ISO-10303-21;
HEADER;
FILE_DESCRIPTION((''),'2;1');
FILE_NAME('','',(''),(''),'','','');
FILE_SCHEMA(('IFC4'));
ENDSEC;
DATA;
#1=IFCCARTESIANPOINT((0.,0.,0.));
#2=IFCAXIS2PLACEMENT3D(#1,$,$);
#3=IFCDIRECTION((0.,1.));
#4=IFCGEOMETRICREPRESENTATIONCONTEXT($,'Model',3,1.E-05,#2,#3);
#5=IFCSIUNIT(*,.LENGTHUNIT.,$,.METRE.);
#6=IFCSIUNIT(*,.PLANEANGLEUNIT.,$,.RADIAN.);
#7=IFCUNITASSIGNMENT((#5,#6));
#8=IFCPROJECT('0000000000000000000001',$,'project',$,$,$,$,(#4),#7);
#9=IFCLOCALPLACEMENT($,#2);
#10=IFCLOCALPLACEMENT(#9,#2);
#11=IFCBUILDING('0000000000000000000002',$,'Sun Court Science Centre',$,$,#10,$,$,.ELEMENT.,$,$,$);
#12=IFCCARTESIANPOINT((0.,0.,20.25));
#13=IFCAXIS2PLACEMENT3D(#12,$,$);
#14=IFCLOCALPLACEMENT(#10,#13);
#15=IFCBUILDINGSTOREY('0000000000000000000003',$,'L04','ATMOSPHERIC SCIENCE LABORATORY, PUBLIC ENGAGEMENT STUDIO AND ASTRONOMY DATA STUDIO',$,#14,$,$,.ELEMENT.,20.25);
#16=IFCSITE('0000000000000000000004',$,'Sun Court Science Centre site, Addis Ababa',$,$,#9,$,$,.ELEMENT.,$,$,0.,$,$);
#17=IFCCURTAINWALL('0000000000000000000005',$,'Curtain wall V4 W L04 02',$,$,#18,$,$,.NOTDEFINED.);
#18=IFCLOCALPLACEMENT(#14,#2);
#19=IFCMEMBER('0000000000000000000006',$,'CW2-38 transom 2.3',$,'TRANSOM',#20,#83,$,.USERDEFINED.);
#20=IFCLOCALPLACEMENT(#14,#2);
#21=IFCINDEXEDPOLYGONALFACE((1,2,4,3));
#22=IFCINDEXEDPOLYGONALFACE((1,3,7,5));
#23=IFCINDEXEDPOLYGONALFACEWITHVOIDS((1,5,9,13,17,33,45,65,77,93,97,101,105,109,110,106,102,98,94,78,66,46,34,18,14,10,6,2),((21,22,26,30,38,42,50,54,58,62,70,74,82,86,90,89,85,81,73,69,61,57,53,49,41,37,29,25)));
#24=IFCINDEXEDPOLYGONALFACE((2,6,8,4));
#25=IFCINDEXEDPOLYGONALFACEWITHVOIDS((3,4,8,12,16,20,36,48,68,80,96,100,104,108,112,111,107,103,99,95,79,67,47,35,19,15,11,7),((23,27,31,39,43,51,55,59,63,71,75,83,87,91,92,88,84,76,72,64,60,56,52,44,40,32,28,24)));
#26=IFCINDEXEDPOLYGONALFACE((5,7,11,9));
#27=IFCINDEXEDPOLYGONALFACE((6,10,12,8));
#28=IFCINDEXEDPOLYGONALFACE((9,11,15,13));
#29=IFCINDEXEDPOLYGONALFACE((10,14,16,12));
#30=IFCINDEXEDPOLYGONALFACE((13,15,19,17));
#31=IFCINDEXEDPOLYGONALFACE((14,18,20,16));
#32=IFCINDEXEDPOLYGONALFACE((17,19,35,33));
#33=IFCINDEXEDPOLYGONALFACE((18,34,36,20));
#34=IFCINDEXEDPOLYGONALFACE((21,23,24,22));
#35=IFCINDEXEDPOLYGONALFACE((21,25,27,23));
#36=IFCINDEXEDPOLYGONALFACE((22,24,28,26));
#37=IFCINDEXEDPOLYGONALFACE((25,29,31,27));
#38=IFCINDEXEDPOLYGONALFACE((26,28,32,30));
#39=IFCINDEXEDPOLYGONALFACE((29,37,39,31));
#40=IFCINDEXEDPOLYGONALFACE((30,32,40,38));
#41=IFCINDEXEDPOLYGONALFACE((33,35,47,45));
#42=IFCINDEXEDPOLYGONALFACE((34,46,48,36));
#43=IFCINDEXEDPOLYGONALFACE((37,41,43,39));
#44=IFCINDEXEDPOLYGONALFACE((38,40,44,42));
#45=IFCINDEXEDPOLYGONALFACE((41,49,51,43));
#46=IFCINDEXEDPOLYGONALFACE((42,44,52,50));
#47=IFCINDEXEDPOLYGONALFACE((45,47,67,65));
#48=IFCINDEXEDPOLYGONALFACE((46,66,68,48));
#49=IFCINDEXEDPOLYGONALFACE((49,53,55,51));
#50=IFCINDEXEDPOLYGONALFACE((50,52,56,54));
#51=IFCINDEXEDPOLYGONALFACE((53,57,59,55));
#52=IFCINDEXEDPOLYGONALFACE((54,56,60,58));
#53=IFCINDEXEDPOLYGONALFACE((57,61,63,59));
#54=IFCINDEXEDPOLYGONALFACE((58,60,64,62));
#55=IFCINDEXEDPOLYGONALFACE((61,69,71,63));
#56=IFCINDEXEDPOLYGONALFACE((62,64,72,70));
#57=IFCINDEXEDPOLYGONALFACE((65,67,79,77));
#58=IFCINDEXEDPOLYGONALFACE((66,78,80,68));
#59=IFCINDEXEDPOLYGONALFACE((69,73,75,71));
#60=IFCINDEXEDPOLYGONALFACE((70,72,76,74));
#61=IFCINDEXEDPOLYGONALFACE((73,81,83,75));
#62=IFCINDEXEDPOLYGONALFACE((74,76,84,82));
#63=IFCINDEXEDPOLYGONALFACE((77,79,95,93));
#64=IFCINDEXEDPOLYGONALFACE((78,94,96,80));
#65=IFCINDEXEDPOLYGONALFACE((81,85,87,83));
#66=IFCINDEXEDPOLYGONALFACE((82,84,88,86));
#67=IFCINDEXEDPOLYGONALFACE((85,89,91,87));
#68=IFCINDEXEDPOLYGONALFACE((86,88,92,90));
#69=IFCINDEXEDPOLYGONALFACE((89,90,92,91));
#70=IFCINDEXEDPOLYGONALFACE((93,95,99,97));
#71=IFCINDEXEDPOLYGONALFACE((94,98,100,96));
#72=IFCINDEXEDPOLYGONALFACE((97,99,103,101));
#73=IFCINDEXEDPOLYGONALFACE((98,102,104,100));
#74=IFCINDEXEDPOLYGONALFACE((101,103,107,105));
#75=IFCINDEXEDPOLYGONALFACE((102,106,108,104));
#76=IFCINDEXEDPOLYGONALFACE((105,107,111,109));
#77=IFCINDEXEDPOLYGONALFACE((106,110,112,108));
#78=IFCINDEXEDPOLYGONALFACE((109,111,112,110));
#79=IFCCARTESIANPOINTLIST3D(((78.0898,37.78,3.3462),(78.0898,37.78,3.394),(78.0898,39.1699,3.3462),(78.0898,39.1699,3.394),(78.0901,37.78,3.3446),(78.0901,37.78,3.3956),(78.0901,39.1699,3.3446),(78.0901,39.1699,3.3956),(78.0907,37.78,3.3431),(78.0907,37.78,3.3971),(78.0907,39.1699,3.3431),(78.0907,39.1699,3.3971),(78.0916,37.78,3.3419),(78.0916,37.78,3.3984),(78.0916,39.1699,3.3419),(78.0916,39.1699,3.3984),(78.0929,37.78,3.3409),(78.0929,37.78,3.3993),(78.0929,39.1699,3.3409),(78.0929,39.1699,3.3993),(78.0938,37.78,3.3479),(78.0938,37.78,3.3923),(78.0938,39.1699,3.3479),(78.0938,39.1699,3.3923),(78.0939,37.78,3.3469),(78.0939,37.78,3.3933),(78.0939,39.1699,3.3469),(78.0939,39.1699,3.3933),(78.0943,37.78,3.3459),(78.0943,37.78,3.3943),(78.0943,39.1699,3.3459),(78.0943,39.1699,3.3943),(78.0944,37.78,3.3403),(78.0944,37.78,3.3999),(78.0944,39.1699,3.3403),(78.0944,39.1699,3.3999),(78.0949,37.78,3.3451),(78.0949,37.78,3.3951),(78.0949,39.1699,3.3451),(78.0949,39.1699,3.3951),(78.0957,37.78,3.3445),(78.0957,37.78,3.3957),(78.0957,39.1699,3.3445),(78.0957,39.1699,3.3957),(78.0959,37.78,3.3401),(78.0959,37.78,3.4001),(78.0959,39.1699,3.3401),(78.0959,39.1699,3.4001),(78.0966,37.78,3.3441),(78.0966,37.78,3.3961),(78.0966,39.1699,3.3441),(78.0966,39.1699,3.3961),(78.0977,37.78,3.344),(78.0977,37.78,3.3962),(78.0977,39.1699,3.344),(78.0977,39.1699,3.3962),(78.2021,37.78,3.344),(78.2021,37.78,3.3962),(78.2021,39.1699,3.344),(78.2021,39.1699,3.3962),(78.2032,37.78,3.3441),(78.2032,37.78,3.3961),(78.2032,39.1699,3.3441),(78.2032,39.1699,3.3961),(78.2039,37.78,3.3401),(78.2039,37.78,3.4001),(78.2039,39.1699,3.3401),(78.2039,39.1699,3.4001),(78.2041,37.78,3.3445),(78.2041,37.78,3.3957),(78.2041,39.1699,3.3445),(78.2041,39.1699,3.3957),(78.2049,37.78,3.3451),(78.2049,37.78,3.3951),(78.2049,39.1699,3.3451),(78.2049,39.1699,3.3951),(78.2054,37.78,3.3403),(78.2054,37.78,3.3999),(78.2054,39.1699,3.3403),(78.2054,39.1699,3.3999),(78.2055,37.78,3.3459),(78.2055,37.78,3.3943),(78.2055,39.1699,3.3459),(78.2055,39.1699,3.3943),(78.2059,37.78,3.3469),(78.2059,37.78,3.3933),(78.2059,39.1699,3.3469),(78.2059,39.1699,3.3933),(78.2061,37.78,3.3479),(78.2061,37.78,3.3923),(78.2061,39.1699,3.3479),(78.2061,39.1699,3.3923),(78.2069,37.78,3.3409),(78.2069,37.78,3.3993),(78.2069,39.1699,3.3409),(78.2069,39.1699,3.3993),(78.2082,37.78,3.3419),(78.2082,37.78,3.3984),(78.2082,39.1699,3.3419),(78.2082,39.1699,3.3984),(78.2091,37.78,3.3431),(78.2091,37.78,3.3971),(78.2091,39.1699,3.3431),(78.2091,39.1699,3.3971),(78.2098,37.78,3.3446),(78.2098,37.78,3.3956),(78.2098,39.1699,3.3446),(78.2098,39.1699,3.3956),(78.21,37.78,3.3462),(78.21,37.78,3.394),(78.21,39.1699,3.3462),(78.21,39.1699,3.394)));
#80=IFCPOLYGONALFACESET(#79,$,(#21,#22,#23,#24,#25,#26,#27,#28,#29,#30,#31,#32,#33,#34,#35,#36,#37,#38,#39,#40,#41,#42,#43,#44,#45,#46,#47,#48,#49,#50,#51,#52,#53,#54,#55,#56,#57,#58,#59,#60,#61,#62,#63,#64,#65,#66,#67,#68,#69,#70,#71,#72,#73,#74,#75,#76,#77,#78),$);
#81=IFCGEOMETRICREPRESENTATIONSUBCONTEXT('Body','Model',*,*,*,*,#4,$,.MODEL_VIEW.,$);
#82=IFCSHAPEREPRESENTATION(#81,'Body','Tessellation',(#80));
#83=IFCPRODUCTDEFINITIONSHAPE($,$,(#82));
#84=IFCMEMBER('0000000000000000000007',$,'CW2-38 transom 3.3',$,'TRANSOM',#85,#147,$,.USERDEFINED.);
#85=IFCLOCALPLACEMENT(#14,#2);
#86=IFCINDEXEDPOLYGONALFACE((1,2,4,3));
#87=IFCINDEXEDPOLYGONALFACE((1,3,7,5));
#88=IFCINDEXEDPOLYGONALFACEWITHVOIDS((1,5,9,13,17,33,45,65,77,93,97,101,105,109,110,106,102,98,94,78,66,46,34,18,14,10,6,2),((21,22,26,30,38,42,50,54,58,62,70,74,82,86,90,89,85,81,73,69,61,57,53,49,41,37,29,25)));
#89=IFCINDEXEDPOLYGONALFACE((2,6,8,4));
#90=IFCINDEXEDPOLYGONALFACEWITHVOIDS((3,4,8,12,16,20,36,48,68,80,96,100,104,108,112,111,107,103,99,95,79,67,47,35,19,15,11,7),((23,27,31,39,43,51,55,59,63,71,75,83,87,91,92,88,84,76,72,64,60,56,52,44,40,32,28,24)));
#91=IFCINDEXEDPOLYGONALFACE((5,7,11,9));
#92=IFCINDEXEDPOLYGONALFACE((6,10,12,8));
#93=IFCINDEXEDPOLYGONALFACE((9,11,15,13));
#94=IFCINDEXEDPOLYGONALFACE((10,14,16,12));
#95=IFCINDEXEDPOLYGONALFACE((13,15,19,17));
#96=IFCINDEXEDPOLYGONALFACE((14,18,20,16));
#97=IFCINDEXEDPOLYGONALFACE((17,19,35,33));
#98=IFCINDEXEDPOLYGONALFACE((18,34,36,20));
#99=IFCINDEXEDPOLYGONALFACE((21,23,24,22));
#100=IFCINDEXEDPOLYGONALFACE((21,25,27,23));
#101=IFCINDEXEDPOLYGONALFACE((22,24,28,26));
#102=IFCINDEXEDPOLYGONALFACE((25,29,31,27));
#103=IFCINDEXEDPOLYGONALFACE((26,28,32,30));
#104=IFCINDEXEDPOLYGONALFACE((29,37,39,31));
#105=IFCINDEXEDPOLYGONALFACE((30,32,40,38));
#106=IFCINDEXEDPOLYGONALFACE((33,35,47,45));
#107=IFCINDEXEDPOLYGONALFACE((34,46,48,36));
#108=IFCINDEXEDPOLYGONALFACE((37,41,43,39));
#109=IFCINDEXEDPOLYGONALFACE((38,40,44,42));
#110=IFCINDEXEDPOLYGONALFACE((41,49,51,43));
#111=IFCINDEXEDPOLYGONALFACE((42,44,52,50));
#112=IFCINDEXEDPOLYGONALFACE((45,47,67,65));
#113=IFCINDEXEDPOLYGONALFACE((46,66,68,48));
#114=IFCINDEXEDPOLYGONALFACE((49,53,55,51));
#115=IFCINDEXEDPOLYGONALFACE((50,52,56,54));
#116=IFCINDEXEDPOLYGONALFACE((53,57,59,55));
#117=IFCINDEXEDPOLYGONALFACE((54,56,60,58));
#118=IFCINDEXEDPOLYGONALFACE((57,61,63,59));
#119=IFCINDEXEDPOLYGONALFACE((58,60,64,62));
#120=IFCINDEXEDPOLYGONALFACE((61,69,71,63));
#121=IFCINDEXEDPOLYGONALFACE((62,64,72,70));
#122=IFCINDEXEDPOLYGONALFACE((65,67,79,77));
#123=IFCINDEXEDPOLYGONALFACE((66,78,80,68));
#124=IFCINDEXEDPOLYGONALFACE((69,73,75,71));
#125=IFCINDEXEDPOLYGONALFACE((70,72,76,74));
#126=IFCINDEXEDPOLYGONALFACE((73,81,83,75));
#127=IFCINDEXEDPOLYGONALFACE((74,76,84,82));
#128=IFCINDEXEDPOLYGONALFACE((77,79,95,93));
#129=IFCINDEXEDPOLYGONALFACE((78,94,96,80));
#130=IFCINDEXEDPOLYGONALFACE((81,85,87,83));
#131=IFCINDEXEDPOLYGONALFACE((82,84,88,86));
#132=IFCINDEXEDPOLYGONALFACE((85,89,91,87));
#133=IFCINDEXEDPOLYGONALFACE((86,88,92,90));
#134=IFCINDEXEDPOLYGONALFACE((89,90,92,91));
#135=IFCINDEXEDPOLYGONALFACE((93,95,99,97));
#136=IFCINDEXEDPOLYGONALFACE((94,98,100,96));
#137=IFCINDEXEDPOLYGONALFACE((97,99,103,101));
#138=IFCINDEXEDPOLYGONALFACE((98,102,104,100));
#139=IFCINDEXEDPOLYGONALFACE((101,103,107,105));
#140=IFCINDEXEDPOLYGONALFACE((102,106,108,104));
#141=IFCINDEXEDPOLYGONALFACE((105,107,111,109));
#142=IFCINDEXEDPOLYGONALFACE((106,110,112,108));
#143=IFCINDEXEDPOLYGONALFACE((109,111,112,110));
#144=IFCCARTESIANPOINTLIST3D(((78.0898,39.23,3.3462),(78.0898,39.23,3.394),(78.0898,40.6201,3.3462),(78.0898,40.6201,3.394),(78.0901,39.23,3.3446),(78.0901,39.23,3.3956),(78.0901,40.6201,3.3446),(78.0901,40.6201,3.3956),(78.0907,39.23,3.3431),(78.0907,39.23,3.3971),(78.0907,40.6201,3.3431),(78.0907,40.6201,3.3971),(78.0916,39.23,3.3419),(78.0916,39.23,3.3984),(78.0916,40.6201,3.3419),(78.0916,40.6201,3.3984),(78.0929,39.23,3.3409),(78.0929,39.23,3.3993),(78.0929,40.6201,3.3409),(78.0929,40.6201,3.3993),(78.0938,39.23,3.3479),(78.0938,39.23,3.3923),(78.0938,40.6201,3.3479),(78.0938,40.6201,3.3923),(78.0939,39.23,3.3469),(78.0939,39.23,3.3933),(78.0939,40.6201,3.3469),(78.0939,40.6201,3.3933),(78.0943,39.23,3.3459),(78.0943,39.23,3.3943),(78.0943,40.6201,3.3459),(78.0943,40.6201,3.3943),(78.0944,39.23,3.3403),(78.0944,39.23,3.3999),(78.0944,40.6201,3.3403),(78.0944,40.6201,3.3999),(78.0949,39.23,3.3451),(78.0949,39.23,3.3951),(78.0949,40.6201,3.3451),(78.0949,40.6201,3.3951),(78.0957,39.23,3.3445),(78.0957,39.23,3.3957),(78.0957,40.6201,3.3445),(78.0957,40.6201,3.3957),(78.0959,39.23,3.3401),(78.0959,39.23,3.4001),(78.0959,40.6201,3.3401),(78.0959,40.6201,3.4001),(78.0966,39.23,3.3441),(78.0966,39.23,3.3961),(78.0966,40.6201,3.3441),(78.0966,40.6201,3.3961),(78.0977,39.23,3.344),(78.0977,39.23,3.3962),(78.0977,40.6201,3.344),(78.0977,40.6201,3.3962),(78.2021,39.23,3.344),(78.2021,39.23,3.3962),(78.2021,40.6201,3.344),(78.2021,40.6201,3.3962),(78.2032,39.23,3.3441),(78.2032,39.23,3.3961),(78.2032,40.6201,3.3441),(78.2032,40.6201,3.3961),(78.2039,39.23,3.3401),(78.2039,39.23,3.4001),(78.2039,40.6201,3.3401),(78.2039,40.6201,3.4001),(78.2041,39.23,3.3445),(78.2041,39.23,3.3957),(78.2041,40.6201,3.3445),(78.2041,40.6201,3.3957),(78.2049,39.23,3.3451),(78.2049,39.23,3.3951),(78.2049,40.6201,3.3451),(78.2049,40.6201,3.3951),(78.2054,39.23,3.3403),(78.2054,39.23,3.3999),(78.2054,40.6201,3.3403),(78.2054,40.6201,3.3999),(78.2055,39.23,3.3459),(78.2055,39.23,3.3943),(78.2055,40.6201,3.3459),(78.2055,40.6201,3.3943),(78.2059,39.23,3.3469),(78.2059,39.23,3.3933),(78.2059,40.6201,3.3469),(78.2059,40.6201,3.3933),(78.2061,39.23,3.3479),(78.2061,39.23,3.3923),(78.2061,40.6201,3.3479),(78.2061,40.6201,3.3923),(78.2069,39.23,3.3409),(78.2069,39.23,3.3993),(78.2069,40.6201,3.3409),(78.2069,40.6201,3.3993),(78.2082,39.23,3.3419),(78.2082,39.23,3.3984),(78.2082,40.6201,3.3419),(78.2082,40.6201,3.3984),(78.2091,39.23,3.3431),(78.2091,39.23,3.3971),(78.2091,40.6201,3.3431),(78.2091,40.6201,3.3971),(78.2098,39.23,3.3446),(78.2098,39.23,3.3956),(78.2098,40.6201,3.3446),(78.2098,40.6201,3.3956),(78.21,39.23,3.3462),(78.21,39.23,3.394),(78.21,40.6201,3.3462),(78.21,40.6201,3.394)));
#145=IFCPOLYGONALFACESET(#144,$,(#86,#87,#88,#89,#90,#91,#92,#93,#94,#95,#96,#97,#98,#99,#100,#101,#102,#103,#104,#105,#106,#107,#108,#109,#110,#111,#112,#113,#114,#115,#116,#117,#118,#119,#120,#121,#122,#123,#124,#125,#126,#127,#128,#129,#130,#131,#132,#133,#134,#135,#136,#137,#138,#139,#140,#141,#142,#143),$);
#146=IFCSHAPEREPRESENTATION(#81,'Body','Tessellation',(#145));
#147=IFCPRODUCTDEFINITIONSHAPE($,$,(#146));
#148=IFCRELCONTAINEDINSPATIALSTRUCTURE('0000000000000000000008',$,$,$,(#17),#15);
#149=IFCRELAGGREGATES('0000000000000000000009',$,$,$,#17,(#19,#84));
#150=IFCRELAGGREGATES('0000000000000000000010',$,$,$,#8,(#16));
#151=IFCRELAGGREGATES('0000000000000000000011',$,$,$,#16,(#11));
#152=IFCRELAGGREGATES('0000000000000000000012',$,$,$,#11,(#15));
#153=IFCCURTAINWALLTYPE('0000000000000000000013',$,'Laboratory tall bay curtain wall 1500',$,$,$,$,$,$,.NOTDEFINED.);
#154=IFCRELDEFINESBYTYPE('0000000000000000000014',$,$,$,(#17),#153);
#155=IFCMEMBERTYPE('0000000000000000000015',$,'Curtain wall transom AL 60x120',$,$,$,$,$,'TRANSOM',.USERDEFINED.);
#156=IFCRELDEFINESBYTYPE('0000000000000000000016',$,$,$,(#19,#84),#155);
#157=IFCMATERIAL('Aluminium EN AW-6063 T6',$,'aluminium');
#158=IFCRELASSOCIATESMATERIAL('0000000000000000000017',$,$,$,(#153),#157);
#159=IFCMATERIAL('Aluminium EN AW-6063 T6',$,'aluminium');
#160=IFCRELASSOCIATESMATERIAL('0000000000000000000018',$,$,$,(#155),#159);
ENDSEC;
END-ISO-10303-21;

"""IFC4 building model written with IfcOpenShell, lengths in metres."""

from ifc_helpers import new_model, si_unit, direction, frame, origin, origin_2d, place, context, subcontext, project, spatial, hollow_rectangle, extrude, material, material_profile, profile_set, type_object, element, aggregate, save


model = new_model("IFC4")

# Units and contexts
model_context = context("Model", 3, precision=1e-05, world=origin(), true_north=direction((0.0, 1.0)))
body_context = subcontext(model_context, "Body", "Model", "MODEL_VIEW")
ifc_project = project(units=[si_unit("LENGTHUNIT", "METRE"), si_unit("PLANEANGLEUNIT", "RADIAN")], contexts=[model_context])

# Site, building, storey
site_placement = place(None, origin())
site = spatial("IfcSite", under=ifc_project, at=site_placement, Name="Sun Court Science Centre site, Addis Ababa", CompositionType="ELEMENT", RefElevation=0.0)
building_placement = place(site_placement, origin())
building = spatial("IfcBuilding", under=site, at=building_placement, Name="Sun Court Science Centre", CompositionType="ELEMENT")
storey_placement = place(building_placement, frame((0.0, 0.0, 20.25)))
storey = spatial("IfcBuildingStorey", under=building, at=storey_placement, Name="L04", Description="ATMOSPHERIC SCIENCE LABORATORY, PUBLIC ENGAGEMENT STUDIO AND ASTRONOMY DATA STUDIO", CompositionType="ELEMENT", Elevation=20.25)

# Shared definitions
ifc_material_1 = material(Name="Aluminium EN AW-6063 T6", Category="aluminium")
curtain_wall_type = type_object("IfcCurtainWallType", Name="Laboratory tall bay curtain wall 1500", PredefinedType="NOTDEFINED", material=ifc_material_1)

# Curtain wall
curtain_wall_1_placement = place(storey_placement, origin())
curtain_wall_1 = element("IfcCurtainWall", 1, at=curtain_wall_1_placement, inside=storey, type_object=curtain_wall_type, Name="Curtain wall V4 W L04 02", PredefinedType="NOTDEFINED")

# Members
ifc_material_2 = material(Name="Aluminium EN AW-6063 T6", Category="aluminium")
ifc_material_profile_1 = material_profile(ifc_material_2, hollow_rectangle(XDim=0.0601, YDim=0.1201, WallThickness=0.0039, InnerFilletRadius=0.0039, OuterFilletRadius=0.0061, at=origin_2d()), Name="AL 60x120x4")
ifc_profile_set_1 = profile_set([ifc_material_profile_1], Name="Aluminium EN AW-6063 T6")
member_type_1 = type_object("IfcMemberType", Name="Curtain wall transom AL 60x120", ElementType="TRANSOM", PredefinedType="USERDEFINED", material=ifc_profile_set_1)
member_1_placement = place(storey_placement, frame((78.1499, 37.78, 3.3701), z_axis=(0.0, 1.0, 0.0), x_axis=(0.0, 0.0, 1.0)))
member_1 = element("IfcMember", 2, at=member_1_placement, type_object=member_type_1, Name="CW2-38 transom 2.3", ObjectType="TRANSOM", PredefinedType="USERDEFINED", context=body_context, shape_type="SweptSolid", body=[
    extrude(hollow_rectangle(XDim=0.0601, YDim=0.1201, WallThickness=0.0039, InnerFilletRadius=0.0039, OuterFilletRadius=0.0061, at=origin_2d()), origin(), (0.0, 0.0, 1.0), 1.3899),
])
member_2_placement = place(storey_placement, frame((78.1499, 39.23, 3.3701), z_axis=(0.0, 1.0, 0.0), x_axis=(0.0, 0.0, 1.0)))
member_2 = element("IfcMember", 3, at=member_2_placement, type_object=member_type_1, Name="CW2-38 transom 3.3", ObjectType="TRANSOM", PredefinedType="USERDEFINED", context=body_context, shape_type="SweptSolid", body=[
    extrude(hollow_rectangle(XDim=0.0601, YDim=0.1201, WallThickness=0.0039, InnerFilletRadius=0.0039, OuterFilletRadius=0.0061, at=origin_2d()), origin(), (0.0, 0.0, 1.0), 1.3901),
])

aggregate(curtain_wall_1, [member_1, member_2])

save(model, "model.ifc")
